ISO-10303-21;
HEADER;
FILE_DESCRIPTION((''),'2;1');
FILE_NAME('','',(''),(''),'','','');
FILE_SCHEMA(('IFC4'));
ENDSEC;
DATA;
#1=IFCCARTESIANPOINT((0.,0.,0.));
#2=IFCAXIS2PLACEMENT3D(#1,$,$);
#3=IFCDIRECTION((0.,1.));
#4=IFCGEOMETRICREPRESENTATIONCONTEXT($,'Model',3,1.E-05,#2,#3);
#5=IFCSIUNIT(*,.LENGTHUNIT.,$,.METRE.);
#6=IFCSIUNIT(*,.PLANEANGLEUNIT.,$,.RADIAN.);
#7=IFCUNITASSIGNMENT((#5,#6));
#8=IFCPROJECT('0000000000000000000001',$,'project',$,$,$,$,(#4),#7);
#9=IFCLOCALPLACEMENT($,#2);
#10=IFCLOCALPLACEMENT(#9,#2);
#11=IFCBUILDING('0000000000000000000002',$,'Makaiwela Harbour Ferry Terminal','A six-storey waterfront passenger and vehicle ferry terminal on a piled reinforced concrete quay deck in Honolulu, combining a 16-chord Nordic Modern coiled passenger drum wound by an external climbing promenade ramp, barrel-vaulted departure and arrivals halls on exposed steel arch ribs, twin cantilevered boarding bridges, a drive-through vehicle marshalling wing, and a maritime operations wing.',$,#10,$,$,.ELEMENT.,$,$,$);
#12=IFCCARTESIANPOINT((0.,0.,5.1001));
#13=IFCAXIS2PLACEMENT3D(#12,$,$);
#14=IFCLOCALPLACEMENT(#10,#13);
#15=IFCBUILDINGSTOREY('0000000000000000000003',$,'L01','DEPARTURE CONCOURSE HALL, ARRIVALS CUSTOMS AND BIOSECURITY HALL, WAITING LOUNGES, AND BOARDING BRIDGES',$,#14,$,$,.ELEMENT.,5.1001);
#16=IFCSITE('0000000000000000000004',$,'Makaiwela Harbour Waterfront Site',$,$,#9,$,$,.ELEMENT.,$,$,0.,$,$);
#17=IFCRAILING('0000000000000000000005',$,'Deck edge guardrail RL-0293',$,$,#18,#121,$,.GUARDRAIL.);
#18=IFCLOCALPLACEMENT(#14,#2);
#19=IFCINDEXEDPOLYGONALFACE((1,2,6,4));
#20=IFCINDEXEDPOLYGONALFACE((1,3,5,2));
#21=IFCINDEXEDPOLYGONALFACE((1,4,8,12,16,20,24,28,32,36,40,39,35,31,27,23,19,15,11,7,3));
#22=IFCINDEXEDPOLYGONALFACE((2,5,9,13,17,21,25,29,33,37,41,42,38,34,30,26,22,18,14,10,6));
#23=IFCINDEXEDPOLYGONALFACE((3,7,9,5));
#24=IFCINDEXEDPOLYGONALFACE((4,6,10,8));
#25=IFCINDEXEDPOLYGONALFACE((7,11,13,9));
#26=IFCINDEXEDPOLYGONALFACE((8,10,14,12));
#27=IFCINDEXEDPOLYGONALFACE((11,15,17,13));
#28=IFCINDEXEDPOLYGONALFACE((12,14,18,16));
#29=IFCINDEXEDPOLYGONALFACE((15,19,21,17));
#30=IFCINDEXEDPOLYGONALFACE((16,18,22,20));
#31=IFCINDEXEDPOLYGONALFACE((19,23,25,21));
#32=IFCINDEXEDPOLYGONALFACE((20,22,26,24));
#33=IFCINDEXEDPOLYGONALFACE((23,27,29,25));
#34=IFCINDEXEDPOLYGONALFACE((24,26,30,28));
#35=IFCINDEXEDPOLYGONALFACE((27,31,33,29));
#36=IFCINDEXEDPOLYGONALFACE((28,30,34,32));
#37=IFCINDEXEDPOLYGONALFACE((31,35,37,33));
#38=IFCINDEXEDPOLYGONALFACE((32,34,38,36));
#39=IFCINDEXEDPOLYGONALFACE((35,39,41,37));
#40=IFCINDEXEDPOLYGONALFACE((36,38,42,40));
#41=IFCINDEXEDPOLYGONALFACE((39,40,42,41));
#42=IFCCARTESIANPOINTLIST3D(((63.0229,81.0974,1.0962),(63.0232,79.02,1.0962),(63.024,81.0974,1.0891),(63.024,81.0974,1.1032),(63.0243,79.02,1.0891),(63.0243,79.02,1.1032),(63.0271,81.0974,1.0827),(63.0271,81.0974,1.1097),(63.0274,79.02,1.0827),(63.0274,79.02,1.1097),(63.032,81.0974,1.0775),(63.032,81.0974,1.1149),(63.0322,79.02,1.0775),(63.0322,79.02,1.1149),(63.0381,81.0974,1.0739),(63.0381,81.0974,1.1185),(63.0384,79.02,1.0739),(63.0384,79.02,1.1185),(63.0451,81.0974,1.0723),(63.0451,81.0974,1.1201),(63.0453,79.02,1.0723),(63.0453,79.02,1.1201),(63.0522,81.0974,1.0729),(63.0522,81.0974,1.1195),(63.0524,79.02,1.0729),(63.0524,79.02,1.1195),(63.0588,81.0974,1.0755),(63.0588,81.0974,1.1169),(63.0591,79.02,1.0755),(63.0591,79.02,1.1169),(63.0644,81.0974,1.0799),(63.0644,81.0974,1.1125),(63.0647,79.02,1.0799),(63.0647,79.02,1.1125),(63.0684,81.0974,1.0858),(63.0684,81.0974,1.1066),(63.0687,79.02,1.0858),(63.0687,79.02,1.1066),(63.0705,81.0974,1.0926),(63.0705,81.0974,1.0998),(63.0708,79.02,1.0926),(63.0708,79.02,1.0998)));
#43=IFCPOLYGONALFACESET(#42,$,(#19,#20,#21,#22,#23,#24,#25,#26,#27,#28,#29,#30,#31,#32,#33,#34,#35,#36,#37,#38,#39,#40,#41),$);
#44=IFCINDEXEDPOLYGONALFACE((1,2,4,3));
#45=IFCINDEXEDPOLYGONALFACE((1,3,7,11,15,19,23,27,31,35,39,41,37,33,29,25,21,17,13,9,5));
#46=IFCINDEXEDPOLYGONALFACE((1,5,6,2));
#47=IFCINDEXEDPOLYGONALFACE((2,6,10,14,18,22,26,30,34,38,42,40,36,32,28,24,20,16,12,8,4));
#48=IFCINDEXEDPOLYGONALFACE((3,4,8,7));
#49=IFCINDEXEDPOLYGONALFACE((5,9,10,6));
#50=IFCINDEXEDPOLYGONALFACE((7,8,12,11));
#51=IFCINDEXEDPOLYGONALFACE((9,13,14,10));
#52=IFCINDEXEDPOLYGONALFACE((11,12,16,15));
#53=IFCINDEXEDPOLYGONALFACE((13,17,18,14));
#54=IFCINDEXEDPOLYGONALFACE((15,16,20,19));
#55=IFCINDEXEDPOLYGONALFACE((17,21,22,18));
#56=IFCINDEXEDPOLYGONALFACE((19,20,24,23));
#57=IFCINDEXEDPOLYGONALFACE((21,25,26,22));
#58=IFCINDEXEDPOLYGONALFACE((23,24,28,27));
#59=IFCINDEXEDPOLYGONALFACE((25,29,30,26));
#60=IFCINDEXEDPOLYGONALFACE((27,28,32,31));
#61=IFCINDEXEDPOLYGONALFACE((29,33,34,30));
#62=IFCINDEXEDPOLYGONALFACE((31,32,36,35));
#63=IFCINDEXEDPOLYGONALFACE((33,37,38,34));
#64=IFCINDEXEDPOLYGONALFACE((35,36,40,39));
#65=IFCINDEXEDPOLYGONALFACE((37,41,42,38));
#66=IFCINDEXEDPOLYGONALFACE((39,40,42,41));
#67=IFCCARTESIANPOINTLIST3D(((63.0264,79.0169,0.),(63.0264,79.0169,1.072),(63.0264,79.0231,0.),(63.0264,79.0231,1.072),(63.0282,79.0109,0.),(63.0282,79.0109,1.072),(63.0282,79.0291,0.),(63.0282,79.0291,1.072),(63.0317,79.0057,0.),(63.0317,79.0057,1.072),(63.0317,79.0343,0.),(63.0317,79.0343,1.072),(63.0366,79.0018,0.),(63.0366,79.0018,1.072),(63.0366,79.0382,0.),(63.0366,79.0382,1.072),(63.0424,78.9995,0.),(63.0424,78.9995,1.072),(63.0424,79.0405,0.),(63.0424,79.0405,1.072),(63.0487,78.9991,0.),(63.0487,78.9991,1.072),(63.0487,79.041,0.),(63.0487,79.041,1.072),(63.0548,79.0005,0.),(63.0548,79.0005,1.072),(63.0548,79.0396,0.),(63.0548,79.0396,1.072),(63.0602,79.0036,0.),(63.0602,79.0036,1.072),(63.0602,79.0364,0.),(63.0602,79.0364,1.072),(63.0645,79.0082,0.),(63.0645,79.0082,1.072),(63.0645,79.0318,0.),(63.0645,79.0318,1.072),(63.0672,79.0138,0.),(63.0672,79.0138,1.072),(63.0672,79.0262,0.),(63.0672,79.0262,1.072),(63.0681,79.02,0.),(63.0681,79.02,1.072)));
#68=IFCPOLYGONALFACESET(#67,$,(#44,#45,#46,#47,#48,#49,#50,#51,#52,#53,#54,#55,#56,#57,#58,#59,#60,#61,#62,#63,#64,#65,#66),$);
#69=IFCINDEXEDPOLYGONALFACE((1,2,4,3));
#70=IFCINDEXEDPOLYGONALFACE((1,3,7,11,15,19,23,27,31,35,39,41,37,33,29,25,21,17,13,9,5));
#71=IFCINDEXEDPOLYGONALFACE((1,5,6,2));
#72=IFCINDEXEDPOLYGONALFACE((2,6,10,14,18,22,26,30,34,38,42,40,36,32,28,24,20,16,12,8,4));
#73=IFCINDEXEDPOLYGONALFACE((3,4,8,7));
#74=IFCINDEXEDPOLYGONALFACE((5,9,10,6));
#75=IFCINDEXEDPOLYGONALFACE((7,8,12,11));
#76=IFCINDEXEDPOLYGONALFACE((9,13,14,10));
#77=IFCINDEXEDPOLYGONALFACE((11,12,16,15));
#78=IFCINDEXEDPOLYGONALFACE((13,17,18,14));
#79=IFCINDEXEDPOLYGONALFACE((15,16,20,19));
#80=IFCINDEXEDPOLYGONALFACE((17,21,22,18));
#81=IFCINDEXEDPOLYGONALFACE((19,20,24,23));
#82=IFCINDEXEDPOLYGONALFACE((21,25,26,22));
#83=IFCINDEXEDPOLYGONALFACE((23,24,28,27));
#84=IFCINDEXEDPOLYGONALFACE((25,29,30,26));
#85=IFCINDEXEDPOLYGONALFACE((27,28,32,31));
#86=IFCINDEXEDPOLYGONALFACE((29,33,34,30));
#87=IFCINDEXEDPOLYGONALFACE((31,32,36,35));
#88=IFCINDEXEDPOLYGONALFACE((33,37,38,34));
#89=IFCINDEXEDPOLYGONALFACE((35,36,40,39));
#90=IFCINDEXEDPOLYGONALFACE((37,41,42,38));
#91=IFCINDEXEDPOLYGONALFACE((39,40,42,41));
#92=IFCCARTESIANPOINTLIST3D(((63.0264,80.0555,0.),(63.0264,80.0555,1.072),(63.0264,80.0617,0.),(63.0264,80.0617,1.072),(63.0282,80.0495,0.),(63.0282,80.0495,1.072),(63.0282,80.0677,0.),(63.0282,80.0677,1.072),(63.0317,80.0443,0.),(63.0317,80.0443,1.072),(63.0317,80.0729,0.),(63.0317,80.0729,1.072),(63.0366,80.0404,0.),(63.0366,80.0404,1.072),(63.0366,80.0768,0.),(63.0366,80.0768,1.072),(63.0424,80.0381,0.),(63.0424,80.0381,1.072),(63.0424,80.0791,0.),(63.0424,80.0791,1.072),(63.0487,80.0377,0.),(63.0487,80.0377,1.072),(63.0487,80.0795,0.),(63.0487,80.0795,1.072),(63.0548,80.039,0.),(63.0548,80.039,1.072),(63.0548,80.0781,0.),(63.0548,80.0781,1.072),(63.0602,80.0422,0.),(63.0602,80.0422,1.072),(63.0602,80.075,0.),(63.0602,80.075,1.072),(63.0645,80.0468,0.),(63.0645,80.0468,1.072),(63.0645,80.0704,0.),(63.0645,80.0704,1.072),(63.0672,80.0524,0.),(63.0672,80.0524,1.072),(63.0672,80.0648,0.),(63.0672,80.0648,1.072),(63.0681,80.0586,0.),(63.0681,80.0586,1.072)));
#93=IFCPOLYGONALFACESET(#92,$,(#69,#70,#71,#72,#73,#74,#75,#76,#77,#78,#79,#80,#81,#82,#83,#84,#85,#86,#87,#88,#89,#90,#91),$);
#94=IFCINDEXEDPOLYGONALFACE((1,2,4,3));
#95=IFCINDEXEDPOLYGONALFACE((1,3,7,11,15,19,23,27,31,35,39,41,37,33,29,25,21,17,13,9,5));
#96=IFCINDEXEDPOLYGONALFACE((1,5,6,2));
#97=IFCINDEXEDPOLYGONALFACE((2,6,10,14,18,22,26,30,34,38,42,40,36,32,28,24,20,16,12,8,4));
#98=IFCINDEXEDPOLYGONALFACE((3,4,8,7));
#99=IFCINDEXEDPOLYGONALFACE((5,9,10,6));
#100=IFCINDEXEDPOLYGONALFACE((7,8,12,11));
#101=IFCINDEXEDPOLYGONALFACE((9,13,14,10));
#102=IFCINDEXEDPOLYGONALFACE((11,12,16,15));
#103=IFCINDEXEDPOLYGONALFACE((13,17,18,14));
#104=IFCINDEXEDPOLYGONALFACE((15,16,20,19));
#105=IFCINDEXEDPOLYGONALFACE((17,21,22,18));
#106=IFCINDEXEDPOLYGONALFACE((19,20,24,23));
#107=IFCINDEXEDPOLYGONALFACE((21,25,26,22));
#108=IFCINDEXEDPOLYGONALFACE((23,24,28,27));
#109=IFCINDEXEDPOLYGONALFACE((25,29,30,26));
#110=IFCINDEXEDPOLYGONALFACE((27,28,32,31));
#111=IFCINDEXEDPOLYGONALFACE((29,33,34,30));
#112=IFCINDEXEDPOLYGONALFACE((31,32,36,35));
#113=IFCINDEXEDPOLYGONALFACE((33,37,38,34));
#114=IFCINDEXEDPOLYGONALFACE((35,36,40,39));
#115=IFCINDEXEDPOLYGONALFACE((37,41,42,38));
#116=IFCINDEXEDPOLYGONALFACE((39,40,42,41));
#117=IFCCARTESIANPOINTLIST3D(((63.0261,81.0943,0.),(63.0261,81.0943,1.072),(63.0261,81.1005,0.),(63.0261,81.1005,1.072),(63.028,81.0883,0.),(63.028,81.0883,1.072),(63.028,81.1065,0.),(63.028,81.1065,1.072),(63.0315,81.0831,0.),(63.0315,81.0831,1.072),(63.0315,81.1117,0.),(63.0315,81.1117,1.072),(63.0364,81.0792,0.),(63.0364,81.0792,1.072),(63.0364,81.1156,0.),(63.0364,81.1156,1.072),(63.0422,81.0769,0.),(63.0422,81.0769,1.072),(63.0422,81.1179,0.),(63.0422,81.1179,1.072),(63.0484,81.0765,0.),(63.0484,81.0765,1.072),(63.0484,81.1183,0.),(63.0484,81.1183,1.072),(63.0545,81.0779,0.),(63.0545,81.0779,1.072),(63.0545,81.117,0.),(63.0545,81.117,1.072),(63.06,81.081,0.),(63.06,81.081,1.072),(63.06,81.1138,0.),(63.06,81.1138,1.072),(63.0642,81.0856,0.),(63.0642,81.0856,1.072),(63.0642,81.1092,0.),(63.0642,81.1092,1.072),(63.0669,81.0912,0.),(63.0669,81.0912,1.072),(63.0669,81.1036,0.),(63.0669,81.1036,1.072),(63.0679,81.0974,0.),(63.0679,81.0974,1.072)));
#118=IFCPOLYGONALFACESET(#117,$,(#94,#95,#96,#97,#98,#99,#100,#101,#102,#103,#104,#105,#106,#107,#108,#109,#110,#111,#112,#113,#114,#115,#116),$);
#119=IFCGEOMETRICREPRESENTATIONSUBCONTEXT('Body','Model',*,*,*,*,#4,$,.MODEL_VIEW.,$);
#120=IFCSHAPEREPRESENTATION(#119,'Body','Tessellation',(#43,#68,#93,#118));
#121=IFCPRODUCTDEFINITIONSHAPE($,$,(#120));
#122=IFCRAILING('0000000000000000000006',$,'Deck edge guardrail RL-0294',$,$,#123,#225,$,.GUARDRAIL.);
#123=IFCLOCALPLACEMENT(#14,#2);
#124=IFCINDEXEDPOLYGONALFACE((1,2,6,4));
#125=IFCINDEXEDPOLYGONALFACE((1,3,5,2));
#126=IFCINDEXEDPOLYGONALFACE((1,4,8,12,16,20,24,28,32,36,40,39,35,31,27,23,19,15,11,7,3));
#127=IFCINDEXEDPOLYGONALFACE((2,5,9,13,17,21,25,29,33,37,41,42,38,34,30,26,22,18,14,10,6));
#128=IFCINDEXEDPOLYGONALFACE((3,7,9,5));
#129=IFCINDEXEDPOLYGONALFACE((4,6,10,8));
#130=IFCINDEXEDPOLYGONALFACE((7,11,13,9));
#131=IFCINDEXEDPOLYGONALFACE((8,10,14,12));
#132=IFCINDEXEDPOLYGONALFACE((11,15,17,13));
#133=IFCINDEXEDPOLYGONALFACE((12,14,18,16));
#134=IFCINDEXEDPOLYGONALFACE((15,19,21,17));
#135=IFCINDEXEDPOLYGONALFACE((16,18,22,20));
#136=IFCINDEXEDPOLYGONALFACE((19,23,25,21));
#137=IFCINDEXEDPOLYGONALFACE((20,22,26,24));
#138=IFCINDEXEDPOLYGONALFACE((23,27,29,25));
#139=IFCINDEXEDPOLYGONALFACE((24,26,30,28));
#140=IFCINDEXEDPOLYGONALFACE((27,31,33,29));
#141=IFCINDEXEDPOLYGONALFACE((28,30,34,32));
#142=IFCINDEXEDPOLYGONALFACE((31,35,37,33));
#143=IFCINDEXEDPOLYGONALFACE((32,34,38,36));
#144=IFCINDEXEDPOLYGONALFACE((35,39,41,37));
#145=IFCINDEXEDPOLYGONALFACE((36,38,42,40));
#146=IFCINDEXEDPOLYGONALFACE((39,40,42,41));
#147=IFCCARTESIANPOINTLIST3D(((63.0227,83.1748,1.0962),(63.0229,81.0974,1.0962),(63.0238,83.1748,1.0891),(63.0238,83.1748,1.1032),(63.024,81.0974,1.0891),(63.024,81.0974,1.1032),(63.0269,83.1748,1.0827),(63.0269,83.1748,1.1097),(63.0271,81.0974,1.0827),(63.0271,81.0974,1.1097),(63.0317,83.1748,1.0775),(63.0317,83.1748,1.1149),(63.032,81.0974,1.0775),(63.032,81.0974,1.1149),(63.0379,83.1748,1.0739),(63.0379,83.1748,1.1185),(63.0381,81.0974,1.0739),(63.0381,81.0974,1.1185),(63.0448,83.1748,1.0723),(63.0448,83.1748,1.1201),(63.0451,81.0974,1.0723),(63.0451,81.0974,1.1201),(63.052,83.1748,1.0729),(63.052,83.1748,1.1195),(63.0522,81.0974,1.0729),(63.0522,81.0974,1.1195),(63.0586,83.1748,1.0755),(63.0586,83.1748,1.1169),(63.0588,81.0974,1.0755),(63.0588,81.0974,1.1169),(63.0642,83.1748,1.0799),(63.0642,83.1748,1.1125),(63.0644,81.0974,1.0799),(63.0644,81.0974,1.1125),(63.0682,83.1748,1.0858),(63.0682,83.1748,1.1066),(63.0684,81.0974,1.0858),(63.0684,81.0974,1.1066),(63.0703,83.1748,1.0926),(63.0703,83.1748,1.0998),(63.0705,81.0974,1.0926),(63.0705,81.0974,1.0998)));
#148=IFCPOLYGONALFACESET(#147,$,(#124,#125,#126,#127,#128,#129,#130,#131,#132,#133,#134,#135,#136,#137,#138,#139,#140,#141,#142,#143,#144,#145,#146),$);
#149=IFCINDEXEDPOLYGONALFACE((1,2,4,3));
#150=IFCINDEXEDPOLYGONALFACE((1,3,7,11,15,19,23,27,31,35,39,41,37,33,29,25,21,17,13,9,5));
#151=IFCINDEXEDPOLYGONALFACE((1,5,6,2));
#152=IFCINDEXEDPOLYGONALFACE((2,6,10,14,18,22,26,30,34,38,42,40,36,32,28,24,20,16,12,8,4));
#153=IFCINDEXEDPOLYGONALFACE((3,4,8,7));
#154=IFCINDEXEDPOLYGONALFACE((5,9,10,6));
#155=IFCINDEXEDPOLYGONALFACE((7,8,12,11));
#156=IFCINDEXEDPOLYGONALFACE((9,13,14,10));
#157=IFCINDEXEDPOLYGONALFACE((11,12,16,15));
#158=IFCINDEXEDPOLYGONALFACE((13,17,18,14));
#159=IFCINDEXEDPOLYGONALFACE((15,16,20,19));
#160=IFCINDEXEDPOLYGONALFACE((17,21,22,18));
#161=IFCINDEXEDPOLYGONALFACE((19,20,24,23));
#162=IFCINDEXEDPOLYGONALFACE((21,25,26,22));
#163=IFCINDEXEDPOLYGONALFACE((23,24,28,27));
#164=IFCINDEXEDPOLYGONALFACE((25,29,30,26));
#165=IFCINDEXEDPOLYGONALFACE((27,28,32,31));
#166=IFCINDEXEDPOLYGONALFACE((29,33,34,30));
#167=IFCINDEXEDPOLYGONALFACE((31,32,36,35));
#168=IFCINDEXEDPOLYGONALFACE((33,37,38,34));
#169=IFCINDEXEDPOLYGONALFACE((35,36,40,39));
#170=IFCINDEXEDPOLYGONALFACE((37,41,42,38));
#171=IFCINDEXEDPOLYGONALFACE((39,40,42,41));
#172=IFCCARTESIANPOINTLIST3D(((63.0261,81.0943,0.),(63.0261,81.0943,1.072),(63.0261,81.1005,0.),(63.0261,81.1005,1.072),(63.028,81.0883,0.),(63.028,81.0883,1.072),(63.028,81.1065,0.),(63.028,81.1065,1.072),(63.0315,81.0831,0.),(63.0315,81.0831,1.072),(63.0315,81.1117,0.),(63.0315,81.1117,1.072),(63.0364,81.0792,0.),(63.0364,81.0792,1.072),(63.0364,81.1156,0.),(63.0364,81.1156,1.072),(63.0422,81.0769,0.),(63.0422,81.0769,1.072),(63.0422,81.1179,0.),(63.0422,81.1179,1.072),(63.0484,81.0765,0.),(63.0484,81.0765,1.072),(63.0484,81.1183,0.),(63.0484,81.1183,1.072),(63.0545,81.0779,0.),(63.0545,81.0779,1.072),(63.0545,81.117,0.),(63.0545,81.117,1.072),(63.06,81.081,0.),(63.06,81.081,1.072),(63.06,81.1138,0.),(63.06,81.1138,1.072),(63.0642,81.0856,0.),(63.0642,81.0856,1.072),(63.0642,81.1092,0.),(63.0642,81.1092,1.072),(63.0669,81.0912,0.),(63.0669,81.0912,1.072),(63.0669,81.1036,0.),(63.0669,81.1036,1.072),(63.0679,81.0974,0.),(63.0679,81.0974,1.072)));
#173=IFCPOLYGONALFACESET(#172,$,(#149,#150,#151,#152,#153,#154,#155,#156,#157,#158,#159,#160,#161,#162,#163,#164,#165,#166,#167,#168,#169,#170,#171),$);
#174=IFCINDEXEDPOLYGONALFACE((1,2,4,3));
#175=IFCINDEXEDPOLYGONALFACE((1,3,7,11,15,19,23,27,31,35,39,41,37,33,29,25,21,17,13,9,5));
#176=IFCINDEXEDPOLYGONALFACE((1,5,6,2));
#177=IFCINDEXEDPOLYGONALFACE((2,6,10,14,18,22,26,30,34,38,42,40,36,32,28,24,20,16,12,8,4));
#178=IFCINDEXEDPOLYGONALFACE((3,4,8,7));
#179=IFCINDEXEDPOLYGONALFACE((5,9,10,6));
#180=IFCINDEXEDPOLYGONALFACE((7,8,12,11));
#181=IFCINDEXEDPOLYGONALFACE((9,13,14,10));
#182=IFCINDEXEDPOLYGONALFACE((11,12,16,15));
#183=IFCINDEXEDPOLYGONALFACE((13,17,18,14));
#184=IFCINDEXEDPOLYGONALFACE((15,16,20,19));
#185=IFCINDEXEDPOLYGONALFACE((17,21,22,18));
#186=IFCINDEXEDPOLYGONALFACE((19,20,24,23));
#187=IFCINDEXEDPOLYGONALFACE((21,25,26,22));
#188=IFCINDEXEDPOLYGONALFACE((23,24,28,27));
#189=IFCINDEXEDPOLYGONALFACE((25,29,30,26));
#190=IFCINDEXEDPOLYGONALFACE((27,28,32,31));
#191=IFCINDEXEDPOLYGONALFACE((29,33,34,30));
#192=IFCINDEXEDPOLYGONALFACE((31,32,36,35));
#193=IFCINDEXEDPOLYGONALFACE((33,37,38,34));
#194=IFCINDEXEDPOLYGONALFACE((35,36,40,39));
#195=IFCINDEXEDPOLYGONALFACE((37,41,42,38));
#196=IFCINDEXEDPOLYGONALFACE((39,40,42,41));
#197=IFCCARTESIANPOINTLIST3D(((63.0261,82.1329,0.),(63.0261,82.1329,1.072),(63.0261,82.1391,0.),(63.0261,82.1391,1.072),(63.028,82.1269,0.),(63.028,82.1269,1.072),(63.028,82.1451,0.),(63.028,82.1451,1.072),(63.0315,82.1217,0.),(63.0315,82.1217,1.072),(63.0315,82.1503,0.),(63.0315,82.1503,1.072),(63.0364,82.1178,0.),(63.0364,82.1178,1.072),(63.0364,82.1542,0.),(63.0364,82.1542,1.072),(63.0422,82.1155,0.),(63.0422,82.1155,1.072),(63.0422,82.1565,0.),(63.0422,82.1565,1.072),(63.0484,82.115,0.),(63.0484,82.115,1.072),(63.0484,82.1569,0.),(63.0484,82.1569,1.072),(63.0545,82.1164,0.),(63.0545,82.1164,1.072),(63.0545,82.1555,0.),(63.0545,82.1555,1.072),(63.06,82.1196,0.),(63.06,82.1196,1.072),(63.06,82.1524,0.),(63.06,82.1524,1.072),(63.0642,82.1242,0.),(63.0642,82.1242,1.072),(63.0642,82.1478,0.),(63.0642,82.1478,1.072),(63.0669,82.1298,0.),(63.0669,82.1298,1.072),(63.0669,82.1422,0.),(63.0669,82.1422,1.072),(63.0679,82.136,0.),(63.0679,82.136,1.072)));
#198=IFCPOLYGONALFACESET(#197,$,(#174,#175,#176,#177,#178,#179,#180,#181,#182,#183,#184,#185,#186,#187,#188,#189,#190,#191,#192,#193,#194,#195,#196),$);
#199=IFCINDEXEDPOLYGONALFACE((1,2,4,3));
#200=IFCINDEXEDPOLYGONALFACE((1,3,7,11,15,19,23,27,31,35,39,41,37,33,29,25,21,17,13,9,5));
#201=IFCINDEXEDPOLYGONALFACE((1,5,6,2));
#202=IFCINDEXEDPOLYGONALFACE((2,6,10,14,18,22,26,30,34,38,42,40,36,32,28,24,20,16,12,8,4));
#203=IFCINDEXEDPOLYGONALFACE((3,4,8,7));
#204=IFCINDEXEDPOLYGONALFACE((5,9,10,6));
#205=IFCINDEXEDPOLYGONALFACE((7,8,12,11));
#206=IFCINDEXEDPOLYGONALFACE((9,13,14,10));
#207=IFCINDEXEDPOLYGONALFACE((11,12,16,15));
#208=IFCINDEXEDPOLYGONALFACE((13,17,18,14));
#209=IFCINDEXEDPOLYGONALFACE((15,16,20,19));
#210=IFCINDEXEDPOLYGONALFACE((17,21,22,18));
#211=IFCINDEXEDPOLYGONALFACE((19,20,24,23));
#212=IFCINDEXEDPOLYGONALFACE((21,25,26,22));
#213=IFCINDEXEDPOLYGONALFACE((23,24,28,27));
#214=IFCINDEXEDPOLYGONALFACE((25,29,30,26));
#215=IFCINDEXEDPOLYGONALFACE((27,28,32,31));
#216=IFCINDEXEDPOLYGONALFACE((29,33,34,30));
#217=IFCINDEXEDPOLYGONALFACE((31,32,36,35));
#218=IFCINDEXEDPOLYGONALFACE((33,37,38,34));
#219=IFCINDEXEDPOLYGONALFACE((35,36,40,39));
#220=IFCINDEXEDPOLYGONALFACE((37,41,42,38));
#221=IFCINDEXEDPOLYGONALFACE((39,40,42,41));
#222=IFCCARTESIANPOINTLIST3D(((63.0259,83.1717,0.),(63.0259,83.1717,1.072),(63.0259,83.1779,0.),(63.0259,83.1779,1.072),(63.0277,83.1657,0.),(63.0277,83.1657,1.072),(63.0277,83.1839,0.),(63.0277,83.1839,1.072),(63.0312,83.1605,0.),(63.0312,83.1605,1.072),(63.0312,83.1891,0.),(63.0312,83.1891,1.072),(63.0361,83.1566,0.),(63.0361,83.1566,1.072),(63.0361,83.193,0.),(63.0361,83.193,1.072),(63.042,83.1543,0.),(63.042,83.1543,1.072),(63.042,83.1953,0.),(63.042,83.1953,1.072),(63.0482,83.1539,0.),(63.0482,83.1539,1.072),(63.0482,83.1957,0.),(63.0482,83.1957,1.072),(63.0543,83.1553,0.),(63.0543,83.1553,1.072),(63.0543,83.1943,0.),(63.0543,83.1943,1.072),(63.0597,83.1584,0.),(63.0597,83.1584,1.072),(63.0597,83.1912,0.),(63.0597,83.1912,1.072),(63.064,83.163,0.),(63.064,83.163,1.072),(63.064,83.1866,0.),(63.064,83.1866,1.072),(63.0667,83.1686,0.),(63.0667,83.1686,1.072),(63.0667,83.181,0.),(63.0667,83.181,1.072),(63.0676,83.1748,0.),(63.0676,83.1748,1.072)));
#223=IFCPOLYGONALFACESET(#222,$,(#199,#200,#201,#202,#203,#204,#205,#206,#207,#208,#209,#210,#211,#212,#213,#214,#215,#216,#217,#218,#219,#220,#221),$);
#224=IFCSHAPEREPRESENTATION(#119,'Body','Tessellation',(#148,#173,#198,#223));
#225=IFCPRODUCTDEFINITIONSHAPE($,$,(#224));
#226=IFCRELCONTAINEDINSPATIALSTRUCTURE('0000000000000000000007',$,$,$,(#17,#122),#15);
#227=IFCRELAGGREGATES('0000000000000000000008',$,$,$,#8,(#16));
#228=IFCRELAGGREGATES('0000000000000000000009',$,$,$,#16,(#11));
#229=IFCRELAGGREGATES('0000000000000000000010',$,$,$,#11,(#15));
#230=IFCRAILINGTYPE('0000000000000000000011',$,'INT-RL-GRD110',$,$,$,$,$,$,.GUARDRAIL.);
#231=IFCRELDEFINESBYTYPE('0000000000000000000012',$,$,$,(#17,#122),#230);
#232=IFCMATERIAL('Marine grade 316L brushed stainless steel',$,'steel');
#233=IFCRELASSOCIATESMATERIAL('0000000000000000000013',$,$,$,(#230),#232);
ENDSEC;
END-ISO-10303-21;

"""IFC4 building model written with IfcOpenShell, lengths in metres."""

from ifc_helpers import new_model, si_unit, direction, frame, origin, origin_2d, place, context, subcontext, project, spatial, circle, extrude, material, type_object, element, save


model = new_model("IFC4")

# Units and contexts
model_context = context("Model", 3, precision=1e-05, world=origin(), true_north=direction((0.0, 1.0)))
body_context = subcontext(model_context, "Body", "Model", "MODEL_VIEW")
ifc_project = project(units=[si_unit("LENGTHUNIT", "METRE"), si_unit("PLANEANGLEUNIT", "RADIAN")], contexts=[model_context])

# Site, building, storey
site_placement = place(None, origin())
site = spatial("IfcSite", under=ifc_project, at=site_placement, Name="Makaiwela Harbour Waterfront Site", CompositionType="ELEMENT", RefElevation=0.0)
building_placement = place(site_placement, origin())
building = spatial("IfcBuilding", under=site, at=building_placement, Name="Makaiwela Harbour Ferry Terminal", Description="A six-storey waterfront passenger and vehicle ferry terminal on a piled reinforced concrete quay deck in Honolulu, combining a 16-chord Nordic Modern coiled passenger drum wound by an external climbing promenade ramp, barrel-vaulted departure and arrivals halls on exposed steel arch ribs, twin cantilevered boarding bridges, a drive-through vehicle marshalling wing, and a maritime operations wing.", CompositionType="ELEMENT")
storey_placement = place(building_placement, frame((0.0, 0.0, 5.1001)))
storey = spatial("IfcBuildingStorey", under=building, at=storey_placement, Name="L01", Description="DEPARTURE CONCOURSE HALL, ARRIVALS CUSTOMS AND BIOSECURITY HALL, WAITING LOUNGES, AND BOARDING BRIDGES", CompositionType="ELEMENT", Elevation=5.1001)

# Railings
ifc_material_1 = material(Name="Marine grade 316L brushed stainless steel", Category="steel")
railing_type = type_object("IfcRailingType", Name="INT-RL-GRD110", PredefinedType="GUARDRAIL", material=ifc_material_1)
for number, where, name in (
    (1, (63.0471, 79.02, 0.0), "Deck edge guardrail RL-0293"),
    (2, (63.0469, 81.0974, 0.0), "Deck edge guardrail RL-0294"),
):
    element("IfcRailing", number, at=place(storey_placement, frame(where)), inside=storey, type_object=railing_type, Name=name, PredefinedType="GUARDRAIL", context=body_context, shape_type="SweptSolid", body=[
        extrude(circle(Radius=0.0239, at=origin_2d()), frame((0.0, 0.0, 1.0962), z_axis=(-0.000118, 1.0, 0.0), x_axis=(-1.0, -0.000118, 0.0)), (0.0, 0.0, 1.0), 2.0774),
        extrude(circle(Radius=0.021, at=origin_2d()), origin(), (0.0, 0.0, 1.0), 1.072),
        extrude(circle(Radius=0.021, at=origin_2d()), frame((0.0, 1.0386, 0.0)), (0.0, 0.0, 1.0), 1.072),
        extrude(circle(Radius=0.021, at=origin_2d()), frame((-0.0002, 2.0774, 0.0)), (0.0, 0.0, 1.0), 1.072),
    ])

save(model, "model.ifc")
